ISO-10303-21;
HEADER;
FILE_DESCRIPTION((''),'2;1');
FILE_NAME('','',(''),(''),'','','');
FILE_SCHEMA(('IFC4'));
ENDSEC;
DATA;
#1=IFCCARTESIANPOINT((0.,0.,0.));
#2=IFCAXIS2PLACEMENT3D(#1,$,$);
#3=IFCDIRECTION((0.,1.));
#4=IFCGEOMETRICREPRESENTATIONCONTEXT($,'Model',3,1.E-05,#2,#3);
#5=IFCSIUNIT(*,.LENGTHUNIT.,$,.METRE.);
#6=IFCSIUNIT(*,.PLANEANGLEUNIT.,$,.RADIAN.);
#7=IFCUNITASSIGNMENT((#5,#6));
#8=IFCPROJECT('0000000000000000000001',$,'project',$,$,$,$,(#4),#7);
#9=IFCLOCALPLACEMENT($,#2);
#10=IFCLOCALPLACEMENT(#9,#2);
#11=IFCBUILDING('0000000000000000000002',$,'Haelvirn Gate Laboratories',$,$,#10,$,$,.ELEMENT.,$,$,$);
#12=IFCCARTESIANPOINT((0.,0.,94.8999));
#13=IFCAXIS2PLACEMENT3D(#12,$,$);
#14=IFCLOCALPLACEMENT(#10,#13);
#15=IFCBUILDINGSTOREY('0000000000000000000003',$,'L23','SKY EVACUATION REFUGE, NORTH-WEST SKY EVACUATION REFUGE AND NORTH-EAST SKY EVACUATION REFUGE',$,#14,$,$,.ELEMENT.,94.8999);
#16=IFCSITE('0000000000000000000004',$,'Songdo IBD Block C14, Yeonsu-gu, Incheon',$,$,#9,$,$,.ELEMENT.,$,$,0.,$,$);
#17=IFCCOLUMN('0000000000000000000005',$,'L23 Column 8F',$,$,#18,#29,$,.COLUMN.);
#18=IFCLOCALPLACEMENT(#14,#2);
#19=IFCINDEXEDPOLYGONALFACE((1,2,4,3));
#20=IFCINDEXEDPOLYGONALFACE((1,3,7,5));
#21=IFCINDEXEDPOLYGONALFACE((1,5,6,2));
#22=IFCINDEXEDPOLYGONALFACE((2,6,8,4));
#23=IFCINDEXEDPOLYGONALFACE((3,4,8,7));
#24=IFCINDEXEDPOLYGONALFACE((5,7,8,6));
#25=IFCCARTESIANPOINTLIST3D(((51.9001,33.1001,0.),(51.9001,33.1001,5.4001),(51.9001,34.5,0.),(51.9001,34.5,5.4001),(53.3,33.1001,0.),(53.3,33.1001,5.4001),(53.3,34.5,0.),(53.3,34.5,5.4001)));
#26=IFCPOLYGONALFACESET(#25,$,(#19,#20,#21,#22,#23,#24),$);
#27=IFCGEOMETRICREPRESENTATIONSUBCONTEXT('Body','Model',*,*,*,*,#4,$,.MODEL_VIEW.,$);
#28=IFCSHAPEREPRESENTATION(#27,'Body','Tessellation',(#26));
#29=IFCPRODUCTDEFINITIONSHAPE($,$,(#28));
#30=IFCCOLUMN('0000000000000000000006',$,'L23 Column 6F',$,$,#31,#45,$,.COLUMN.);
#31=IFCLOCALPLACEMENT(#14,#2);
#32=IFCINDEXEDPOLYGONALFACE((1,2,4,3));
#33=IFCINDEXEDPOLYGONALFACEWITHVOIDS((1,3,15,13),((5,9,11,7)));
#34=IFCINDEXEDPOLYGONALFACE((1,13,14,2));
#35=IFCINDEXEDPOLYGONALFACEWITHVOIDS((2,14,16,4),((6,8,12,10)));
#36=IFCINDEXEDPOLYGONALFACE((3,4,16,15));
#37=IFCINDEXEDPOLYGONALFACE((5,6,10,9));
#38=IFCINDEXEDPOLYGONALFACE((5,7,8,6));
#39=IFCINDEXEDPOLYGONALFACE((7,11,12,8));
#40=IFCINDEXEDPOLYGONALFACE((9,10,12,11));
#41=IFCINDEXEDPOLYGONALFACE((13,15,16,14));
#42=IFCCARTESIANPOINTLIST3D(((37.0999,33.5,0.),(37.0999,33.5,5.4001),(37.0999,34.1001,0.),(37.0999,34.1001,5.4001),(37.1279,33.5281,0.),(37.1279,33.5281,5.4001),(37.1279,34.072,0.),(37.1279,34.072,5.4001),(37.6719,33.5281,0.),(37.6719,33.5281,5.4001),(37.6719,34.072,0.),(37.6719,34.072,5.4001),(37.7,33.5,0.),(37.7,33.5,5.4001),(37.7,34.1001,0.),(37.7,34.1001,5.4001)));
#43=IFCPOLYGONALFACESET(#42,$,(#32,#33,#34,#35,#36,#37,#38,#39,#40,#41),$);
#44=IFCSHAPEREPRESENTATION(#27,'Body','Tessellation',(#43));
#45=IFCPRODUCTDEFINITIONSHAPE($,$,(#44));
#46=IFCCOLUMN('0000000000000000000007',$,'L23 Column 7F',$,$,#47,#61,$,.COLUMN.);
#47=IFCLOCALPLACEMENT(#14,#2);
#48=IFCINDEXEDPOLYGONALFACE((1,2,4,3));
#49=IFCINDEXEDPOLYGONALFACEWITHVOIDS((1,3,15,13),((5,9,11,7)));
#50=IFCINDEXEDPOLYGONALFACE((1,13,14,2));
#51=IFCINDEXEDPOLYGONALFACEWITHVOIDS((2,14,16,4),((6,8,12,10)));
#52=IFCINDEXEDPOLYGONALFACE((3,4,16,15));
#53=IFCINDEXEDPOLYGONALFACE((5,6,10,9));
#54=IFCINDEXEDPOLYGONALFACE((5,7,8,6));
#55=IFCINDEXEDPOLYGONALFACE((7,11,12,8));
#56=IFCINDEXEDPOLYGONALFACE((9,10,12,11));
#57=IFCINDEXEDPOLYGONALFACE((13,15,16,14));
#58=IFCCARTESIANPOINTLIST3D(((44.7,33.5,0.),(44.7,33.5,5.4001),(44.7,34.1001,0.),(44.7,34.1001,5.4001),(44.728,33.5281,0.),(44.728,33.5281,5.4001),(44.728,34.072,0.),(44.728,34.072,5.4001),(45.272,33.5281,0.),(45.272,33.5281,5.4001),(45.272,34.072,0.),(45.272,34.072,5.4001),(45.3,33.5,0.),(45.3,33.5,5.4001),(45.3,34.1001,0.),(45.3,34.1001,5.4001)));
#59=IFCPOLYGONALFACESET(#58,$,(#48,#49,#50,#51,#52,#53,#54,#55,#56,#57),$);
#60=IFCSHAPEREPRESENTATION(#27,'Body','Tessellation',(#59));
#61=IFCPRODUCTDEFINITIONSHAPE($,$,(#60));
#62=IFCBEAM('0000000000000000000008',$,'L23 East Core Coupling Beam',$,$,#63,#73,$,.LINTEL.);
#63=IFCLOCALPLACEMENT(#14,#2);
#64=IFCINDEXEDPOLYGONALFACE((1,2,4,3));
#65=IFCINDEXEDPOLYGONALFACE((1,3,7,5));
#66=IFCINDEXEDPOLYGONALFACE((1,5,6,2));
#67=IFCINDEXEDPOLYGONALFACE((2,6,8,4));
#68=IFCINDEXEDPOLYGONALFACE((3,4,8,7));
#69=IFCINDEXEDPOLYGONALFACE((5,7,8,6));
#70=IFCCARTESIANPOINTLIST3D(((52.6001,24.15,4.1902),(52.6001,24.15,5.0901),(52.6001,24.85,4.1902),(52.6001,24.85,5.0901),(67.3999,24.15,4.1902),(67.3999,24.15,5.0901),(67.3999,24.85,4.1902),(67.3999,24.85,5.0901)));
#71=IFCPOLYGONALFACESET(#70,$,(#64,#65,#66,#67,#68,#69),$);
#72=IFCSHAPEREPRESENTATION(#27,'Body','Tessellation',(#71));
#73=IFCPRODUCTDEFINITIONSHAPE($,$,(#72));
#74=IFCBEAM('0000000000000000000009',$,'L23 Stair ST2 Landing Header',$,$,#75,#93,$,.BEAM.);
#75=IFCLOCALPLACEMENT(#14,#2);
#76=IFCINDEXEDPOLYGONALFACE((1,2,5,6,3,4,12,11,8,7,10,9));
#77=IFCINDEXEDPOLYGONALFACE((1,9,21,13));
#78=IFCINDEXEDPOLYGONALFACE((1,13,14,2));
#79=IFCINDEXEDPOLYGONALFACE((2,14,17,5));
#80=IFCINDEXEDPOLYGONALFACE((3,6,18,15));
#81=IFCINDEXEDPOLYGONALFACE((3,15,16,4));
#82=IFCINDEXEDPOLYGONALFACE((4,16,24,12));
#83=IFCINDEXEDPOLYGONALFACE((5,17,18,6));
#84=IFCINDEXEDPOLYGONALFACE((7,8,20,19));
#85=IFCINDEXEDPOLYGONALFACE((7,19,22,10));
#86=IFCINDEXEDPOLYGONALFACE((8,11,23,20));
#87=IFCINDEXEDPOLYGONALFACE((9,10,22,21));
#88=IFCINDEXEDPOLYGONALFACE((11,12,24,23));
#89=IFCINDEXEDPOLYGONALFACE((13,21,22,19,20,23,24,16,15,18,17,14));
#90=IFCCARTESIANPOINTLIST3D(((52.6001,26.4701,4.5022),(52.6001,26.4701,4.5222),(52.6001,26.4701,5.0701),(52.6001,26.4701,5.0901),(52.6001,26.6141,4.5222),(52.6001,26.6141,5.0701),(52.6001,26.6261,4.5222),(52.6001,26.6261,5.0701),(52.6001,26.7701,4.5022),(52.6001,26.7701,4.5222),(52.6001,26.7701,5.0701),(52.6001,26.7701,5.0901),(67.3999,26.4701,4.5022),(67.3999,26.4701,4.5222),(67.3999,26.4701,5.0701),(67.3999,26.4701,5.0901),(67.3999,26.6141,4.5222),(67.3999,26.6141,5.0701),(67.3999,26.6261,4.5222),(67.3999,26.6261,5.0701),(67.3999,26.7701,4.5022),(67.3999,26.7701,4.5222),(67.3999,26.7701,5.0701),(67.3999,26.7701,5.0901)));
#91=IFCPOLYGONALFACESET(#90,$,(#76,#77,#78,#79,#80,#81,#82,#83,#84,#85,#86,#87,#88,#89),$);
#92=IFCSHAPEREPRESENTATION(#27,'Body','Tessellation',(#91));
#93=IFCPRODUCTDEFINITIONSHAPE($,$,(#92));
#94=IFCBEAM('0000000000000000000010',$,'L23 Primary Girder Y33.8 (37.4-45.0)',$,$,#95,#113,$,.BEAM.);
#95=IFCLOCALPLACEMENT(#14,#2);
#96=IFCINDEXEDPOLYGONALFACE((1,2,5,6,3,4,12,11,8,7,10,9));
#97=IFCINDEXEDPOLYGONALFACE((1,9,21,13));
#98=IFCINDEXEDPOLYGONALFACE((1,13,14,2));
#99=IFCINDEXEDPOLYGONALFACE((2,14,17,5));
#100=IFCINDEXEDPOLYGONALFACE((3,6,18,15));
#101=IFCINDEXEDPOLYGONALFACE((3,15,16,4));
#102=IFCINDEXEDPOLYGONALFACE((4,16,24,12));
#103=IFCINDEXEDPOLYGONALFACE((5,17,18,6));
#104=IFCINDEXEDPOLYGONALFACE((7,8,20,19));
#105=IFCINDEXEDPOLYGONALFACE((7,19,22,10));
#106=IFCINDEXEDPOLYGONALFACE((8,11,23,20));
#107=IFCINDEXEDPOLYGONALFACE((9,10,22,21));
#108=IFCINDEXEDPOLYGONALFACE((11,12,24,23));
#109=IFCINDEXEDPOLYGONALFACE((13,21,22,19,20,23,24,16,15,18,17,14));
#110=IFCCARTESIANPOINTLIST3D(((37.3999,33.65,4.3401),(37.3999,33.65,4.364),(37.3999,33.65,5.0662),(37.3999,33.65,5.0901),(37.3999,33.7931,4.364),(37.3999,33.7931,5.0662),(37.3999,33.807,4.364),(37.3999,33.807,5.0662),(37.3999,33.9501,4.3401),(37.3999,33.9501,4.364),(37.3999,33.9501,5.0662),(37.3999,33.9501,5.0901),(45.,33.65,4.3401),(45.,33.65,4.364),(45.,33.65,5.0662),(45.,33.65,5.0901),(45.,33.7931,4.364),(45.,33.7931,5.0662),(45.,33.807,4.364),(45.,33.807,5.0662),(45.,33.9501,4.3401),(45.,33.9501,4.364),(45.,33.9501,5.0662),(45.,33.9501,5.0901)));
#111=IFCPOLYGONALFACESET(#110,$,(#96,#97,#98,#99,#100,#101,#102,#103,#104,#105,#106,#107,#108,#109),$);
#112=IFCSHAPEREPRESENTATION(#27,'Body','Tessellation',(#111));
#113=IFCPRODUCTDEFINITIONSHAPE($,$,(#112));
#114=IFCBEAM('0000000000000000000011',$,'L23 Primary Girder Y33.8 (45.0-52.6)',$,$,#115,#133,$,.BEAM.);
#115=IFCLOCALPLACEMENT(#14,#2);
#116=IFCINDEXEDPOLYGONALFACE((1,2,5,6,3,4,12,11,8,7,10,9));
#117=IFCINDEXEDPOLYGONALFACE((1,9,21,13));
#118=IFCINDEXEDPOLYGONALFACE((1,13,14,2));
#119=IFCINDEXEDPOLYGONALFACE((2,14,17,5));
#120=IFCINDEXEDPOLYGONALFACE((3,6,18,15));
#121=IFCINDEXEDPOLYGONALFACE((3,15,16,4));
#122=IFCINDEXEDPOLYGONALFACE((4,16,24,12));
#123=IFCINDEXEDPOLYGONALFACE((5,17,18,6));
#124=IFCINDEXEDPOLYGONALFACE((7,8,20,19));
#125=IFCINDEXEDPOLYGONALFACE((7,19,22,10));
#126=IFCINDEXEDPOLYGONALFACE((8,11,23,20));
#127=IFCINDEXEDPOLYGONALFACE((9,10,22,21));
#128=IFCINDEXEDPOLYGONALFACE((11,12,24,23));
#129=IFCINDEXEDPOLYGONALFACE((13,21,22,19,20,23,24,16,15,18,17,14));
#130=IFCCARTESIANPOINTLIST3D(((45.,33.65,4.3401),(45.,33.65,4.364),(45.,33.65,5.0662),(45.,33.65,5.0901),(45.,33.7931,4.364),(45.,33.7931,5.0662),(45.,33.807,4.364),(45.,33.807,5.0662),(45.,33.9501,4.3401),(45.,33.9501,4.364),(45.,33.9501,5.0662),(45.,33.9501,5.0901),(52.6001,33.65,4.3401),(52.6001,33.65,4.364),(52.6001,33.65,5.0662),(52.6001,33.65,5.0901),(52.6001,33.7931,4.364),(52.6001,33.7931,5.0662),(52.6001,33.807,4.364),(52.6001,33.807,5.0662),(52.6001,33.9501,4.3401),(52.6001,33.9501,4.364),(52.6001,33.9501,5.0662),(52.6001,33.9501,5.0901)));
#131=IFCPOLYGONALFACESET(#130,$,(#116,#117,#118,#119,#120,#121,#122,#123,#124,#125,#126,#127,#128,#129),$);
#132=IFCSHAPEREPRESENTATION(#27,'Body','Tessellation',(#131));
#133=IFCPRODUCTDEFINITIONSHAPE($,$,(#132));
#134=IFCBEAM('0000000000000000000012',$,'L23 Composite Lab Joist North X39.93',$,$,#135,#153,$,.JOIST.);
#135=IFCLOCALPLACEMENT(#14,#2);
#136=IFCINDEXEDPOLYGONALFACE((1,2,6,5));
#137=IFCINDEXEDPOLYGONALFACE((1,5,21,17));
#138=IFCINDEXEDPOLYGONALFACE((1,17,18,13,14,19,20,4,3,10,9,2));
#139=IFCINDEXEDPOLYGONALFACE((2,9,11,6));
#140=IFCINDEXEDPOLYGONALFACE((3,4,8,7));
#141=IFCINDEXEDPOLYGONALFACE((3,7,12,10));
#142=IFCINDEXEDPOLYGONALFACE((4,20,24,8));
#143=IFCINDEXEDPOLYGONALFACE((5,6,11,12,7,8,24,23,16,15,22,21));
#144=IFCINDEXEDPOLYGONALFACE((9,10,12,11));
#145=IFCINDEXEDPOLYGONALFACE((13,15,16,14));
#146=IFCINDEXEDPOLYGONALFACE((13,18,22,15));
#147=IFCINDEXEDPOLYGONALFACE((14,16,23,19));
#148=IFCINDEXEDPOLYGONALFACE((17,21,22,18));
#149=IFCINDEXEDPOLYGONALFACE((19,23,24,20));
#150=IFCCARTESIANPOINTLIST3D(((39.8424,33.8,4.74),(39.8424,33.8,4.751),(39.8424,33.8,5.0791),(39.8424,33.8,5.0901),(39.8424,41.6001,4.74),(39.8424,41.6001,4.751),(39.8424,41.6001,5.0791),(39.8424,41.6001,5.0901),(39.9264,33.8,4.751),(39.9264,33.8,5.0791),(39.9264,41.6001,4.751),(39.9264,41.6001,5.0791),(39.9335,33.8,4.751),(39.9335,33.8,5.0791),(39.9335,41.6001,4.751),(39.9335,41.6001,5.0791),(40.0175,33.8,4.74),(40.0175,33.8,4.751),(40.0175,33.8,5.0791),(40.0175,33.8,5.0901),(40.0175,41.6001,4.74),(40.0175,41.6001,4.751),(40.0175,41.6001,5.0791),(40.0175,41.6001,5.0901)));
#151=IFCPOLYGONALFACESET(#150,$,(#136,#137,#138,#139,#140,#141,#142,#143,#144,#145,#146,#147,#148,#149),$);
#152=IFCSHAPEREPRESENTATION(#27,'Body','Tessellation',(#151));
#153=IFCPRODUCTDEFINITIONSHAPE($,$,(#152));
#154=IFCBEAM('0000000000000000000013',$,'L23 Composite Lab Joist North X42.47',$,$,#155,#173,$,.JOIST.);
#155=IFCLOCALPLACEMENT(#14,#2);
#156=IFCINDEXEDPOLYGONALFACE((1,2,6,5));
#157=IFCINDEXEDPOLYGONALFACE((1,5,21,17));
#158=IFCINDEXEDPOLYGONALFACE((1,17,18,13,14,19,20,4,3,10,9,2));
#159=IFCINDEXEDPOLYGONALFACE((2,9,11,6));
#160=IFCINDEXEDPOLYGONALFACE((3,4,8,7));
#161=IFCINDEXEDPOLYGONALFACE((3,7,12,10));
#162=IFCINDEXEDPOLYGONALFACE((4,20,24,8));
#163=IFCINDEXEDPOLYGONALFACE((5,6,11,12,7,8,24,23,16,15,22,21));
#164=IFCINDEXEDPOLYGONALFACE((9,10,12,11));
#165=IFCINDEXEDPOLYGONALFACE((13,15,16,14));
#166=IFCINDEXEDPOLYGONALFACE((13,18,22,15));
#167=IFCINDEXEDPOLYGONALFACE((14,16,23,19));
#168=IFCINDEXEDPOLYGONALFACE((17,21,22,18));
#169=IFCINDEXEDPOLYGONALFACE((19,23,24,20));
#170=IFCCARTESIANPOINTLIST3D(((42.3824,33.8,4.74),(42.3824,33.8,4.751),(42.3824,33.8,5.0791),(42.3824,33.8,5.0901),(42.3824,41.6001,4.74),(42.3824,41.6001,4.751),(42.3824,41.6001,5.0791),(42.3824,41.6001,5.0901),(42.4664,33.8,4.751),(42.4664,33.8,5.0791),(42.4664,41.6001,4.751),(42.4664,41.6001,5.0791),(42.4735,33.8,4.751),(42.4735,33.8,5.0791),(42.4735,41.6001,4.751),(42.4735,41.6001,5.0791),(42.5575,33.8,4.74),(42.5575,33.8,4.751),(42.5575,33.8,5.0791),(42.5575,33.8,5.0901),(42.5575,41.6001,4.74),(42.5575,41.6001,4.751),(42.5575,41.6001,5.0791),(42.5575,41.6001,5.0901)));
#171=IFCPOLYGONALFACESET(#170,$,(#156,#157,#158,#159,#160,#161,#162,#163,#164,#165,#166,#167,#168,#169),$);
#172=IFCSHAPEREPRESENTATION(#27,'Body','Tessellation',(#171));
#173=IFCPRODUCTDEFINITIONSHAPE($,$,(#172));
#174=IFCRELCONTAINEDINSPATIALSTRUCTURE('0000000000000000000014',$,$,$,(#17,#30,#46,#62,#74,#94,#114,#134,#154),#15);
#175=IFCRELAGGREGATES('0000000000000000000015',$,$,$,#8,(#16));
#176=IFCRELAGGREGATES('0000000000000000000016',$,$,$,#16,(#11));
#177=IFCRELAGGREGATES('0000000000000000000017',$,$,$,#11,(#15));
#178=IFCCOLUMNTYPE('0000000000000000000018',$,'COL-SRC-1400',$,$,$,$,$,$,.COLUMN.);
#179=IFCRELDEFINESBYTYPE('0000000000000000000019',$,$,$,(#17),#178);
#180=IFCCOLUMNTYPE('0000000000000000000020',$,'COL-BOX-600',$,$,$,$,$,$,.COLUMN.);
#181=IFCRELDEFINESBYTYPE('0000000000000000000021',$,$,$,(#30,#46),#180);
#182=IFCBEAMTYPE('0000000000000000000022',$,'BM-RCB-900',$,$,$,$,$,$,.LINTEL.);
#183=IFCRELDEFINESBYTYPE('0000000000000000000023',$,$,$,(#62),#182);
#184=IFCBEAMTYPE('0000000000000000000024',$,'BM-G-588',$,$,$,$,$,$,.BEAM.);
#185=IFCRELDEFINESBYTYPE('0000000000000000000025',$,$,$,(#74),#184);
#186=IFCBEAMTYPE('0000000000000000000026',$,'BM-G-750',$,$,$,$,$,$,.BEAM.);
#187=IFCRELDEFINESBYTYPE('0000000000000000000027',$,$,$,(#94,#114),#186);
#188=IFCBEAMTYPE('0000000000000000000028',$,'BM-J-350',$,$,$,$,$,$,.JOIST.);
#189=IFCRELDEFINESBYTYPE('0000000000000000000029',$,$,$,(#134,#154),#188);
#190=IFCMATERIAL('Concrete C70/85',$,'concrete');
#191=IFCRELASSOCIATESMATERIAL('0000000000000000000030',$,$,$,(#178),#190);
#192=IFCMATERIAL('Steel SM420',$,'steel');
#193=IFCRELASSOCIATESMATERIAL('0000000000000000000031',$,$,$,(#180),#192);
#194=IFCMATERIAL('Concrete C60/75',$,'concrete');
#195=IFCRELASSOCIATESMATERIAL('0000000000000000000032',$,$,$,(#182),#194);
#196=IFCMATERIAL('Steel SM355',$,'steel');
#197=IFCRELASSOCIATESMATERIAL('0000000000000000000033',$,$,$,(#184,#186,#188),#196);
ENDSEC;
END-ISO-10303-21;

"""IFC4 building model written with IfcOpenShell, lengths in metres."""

from ifc_helpers import new_model, si_unit, direction, frame, origin, origin_2d, place, context, subcontext, project, spatial, rectangle, hollow_rectangle, i_section, extrude, source, transform, mapped, material, material_profile, profile_set, type_object, type_shapes, element, save


model = new_model("IFC4")

# Units and contexts
model_context = context("Model", 3, precision=1e-05, world=origin(), true_north=direction((0.0, 1.0)))
body_context = subcontext(model_context, "Body", "Model", "MODEL_VIEW")
ifc_project = project(units=[si_unit("LENGTHUNIT", "METRE"), si_unit("PLANEANGLEUNIT", "RADIAN")], contexts=[model_context])

# Site, building, storey
site_placement = place(None, origin())
site = spatial("IfcSite", under=ifc_project, at=site_placement, Name="Songdo IBD Block C14, Yeonsu-gu, Incheon", CompositionType="ELEMENT", RefElevation=0.0)
building_placement = place(site_placement, origin())
building = spatial("IfcBuilding", under=site, at=building_placement, Name="Haelvirn Gate Laboratories", CompositionType="ELEMENT")
storey_placement = place(building_placement, frame((0.0, 0.0, 94.8999)))
storey = spatial("IfcBuildingStorey", under=building, at=storey_placement, Name="L23", Description="SKY EVACUATION REFUGE, NORTH-WEST SKY EVACUATION REFUGE AND NORTH-EAST SKY EVACUATION REFUGE", CompositionType="ELEMENT", Elevation=94.8999)

# Columns
ifc_material_1 = material(Name="Concrete C70/85", Category="concrete")
ifc_material_profile_1 = material_profile(ifc_material_1, rectangle(XDim=1.3999, YDim=1.3999, at=origin_2d()), Name="SRC-1400x1400")
ifc_profile_set_1 = profile_set([ifc_material_profile_1], Name="Concrete C70/85")
column_type_1 = type_object("IfcColumnType", Name="COL-SRC-1400", PredefinedType="COLUMN", material=ifc_profile_set_1)
shared_shape_1 = source(origin(), body_context, "Body", "SweptSolid", [
    extrude(rectangle(XDim=1.3999, YDim=1.3999, at=origin_2d()), origin(), (0.0, 0.0, 1.0), 5.4001),
])
type_shapes(column_type_1, [shared_shape_1])
column_placement = place(storey_placement, frame((52.6001, 33.8, 0.0), z_axis=(0.0, 0.0, 1.0), x_axis=(1.0, 0.0, 0.0)))
element("IfcColumn", 1, at=column_placement, inside=storey, type_object=column_type_1, Name="L23 Column 8F", PredefinedType="COLUMN", context=body_context, shape_type="MappedRepresentation", body=[
    mapped(shared_shape_1, transform((0.0, 0.0, 0.0), scale=1.0)),
])
ifc_material_2 = material(Name="Steel SM420", Category="steel")
ifc_material_profile_2 = material_profile(ifc_material_2, hollow_rectangle(XDim=0.6001, YDim=0.6001, WallThickness=0.0281, at=origin_2d()), Name="BOX-600x600x28")
ifc_profile_set_2 = profile_set([ifc_material_profile_2], Name="Steel SM420")
column_type_2 = type_object("IfcColumnType", Name="COL-BOX-600", PredefinedType="COLUMN", material=ifc_profile_set_2)
shared_shape_2 = source(origin(), body_context, "Body", "SweptSolid", [
    extrude(hollow_rectangle(XDim=0.6001, YDim=0.6001, WallThickness=0.0281, at=origin_2d()), origin(), (0.0, 0.0, 1.0), 5.4001),
])
type_shapes(column_type_2, [shared_shape_2])
for number, where, z_axis, x_axis, name in (
    (2, (37.3999, 33.8, 0.0), (0.0, 0.0, 1.0), (1.0, 0.0, 0.0), "L23 Column 6F"),
    (3, (45.0, 33.8, 0.0), (0.0, 0.0, 1.0), (1.0, 0.0, 0.0), "L23 Column 7F"),
):
    element("IfcColumn", number, at=place(storey_placement, frame(where, z_axis=z_axis, x_axis=x_axis)), inside=storey, type_object=column_type_2, Name=name, PredefinedType="COLUMN", context=body_context, shape_type="MappedRepresentation", body=[
        mapped(shared_shape_2, transform((0.0, 0.0, 0.0), scale=1.0)),
    ])

# Beams
ifc_material_3 = material(Name="Concrete C60/75", Category="concrete")
ifc_material_profile_3 = material_profile(ifc_material_3, rectangle(XDim=0.7, YDim=0.8999, at=origin_2d()), Name="RCB-700x900")
ifc_profile_set_3 = profile_set([ifc_material_profile_3], Name="Concrete C60/75")
beam_type_1 = type_object("IfcBeamType", Name="BM-RCB-900", PredefinedType="LINTEL", material=ifc_profile_set_3)
shared_shape_3 = source(origin(), body_context, "Body", "SweptSolid", [
    extrude(rectangle(XDim=0.7, YDim=0.8999, at=origin_2d()), origin(), (0.0, 0.0, 1.0), 14.7998),
])
type_shapes(beam_type_1, [shared_shape_3])
beam_1_placement = place(storey_placement, frame((52.6001, 24.5, 4.6401), z_axis=(1.0, 0.0, 0.0), x_axis=(0.0, 1.0, 0.0)))
element("IfcBeam", 4, at=beam_1_placement, inside=storey, type_object=beam_type_1, Name="L23 East Core Coupling Beam", PredefinedType="LINTEL", context=body_context, shape_type="MappedRepresentation", body=[
    mapped(shared_shape_3, transform((0.0, 0.0, 0.0), scale=1.0)),
])
ifc_material_4 = material(Name="Steel SM355", Category="steel")
ifc_material_profile_4 = material_profile(ifc_material_4, i_section(OverallWidth=0.3, OverallDepth=0.5879, WebThickness=0.012, FlangeThickness=0.02, at=origin_2d()), Name="H-588x300x12x20")
ifc_profile_set_4 = profile_set([ifc_material_profile_4], Name="Steel SM355")
beam_type_2 = type_object("IfcBeamType", Name="BM-G-588", PredefinedType="BEAM", material=ifc_profile_set_4)
shared_shape_4 = source(origin(), body_context, "Body", "SweptSolid", [
    extrude(i_section(OverallWidth=0.3, OverallDepth=0.5879, WebThickness=0.012, FlangeThickness=0.02, at=origin_2d()), origin(), (0.0, 0.0, 1.0), 14.7998),
])
type_shapes(beam_type_2, [shared_shape_4])
beam_2_placement = place(storey_placement, frame((52.6001, 26.6201, 4.7961), z_axis=(1.0, 0.0, 0.0), x_axis=(0.0, 1.0, 0.0)))
element("IfcBeam", 5, at=beam_2_placement, inside=storey, type_object=beam_type_2, Name="L23 Stair ST2 Landing Header", PredefinedType="BEAM", context=body_context, shape_type="MappedRepresentation", body=[
    mapped(shared_shape_4, transform((0.0, 0.0, 0.0), scale=1.0)),
])
ifc_material_profile_5 = material_profile(ifc_material_4, i_section(OverallWidth=0.3, OverallDepth=0.75, WebThickness=0.0139, FlangeThickness=0.0239, at=origin_2d()), Name="H-750x300x14x24")
ifc_profile_set_5 = profile_set([ifc_material_profile_5], Name="Steel SM355")
beam_type_3 = type_object("IfcBeamType", Name="BM-G-750", PredefinedType="BEAM", material=ifc_profile_set_5)
shared_shape_5 = source(origin(), body_context, "Body", "SweptSolid", [
    extrude(i_section(OverallWidth=0.3, OverallDepth=0.75, WebThickness=0.0139, FlangeThickness=0.0239, at=origin_2d()), origin(), (0.0, 0.0, 1.0), 7.6001),
])
type_shapes(beam_type_3, [shared_shape_5])
for number, where, z_axis, x_axis, name in (
    (6, (37.3999, 33.8, 4.7151), (1.0, 0.0, 0.0), (0.0, 1.0, 0.0), "L23 Primary Girder Y33.8 (37.4-45.0)"),
    (7, (45.0, 33.8, 4.7151), (1.0, 0.0, 0.0), (0.0, 1.0, 0.0), "L23 Primary Girder Y33.8 (45.0-52.6)"),
):
    element("IfcBeam", number, at=place(storey_placement, frame(where, z_axis=z_axis, x_axis=x_axis)), inside=storey, type_object=beam_type_3, Name=name, PredefinedType="BEAM", context=body_context, shape_type="MappedRepresentation", body=[
        mapped(shared_shape_5, transform((0.0, 0.0, 0.0), scale=1.0)),
    ])
ifc_material_profile_6 = material_profile(ifc_material_4, i_section(OverallWidth=0.175, OverallDepth=0.3501, WebThickness=0.0071, FlangeThickness=0.011, at=origin_2d()), Name="H-350x175x7x11")
ifc_profile_set_6 = profile_set([ifc_material_profile_6], Name="Steel SM355")
beam_type_4 = type_object("IfcBeamType", Name="BM-J-350", PredefinedType="JOIST", material=ifc_profile_set_6)
shared_shape_6 = source(origin(), body_context, "Body", "SweptSolid", [
    extrude(i_section(OverallWidth=0.175, OverallDepth=0.3501, WebThickness=0.0071, FlangeThickness=0.011, at=origin_2d()), origin(), (0.0, 0.0, 1.0), 7.8),
])
type_shapes(beam_type_4, [shared_shape_6])
for number, where, z_axis, x_axis, name in (
    (8, (39.9299, 33.8, 4.915), (0.0, 1.0, 0.0), (-1.0, 0.0, 0.0), "L23 Composite Lab Joist North X39.93"),
    (9, (42.47, 33.8, 4.915), (0.0, 1.0, 0.0), (-1.0, 0.0, 0.0), "L23 Composite Lab Joist North X42.47"),
):
    element("IfcBeam", number, at=place(storey_placement, frame(where, z_axis=z_axis, x_axis=x_axis)), inside=storey, type_object=beam_type_4, Name=name, PredefinedType="JOIST", context=body_context, shape_type="MappedRepresentation", body=[
        mapped(shared_shape_6, transform((0.0, 0.0, 0.0), scale=1.0)),
    ])

save(model, "model.ifc")
